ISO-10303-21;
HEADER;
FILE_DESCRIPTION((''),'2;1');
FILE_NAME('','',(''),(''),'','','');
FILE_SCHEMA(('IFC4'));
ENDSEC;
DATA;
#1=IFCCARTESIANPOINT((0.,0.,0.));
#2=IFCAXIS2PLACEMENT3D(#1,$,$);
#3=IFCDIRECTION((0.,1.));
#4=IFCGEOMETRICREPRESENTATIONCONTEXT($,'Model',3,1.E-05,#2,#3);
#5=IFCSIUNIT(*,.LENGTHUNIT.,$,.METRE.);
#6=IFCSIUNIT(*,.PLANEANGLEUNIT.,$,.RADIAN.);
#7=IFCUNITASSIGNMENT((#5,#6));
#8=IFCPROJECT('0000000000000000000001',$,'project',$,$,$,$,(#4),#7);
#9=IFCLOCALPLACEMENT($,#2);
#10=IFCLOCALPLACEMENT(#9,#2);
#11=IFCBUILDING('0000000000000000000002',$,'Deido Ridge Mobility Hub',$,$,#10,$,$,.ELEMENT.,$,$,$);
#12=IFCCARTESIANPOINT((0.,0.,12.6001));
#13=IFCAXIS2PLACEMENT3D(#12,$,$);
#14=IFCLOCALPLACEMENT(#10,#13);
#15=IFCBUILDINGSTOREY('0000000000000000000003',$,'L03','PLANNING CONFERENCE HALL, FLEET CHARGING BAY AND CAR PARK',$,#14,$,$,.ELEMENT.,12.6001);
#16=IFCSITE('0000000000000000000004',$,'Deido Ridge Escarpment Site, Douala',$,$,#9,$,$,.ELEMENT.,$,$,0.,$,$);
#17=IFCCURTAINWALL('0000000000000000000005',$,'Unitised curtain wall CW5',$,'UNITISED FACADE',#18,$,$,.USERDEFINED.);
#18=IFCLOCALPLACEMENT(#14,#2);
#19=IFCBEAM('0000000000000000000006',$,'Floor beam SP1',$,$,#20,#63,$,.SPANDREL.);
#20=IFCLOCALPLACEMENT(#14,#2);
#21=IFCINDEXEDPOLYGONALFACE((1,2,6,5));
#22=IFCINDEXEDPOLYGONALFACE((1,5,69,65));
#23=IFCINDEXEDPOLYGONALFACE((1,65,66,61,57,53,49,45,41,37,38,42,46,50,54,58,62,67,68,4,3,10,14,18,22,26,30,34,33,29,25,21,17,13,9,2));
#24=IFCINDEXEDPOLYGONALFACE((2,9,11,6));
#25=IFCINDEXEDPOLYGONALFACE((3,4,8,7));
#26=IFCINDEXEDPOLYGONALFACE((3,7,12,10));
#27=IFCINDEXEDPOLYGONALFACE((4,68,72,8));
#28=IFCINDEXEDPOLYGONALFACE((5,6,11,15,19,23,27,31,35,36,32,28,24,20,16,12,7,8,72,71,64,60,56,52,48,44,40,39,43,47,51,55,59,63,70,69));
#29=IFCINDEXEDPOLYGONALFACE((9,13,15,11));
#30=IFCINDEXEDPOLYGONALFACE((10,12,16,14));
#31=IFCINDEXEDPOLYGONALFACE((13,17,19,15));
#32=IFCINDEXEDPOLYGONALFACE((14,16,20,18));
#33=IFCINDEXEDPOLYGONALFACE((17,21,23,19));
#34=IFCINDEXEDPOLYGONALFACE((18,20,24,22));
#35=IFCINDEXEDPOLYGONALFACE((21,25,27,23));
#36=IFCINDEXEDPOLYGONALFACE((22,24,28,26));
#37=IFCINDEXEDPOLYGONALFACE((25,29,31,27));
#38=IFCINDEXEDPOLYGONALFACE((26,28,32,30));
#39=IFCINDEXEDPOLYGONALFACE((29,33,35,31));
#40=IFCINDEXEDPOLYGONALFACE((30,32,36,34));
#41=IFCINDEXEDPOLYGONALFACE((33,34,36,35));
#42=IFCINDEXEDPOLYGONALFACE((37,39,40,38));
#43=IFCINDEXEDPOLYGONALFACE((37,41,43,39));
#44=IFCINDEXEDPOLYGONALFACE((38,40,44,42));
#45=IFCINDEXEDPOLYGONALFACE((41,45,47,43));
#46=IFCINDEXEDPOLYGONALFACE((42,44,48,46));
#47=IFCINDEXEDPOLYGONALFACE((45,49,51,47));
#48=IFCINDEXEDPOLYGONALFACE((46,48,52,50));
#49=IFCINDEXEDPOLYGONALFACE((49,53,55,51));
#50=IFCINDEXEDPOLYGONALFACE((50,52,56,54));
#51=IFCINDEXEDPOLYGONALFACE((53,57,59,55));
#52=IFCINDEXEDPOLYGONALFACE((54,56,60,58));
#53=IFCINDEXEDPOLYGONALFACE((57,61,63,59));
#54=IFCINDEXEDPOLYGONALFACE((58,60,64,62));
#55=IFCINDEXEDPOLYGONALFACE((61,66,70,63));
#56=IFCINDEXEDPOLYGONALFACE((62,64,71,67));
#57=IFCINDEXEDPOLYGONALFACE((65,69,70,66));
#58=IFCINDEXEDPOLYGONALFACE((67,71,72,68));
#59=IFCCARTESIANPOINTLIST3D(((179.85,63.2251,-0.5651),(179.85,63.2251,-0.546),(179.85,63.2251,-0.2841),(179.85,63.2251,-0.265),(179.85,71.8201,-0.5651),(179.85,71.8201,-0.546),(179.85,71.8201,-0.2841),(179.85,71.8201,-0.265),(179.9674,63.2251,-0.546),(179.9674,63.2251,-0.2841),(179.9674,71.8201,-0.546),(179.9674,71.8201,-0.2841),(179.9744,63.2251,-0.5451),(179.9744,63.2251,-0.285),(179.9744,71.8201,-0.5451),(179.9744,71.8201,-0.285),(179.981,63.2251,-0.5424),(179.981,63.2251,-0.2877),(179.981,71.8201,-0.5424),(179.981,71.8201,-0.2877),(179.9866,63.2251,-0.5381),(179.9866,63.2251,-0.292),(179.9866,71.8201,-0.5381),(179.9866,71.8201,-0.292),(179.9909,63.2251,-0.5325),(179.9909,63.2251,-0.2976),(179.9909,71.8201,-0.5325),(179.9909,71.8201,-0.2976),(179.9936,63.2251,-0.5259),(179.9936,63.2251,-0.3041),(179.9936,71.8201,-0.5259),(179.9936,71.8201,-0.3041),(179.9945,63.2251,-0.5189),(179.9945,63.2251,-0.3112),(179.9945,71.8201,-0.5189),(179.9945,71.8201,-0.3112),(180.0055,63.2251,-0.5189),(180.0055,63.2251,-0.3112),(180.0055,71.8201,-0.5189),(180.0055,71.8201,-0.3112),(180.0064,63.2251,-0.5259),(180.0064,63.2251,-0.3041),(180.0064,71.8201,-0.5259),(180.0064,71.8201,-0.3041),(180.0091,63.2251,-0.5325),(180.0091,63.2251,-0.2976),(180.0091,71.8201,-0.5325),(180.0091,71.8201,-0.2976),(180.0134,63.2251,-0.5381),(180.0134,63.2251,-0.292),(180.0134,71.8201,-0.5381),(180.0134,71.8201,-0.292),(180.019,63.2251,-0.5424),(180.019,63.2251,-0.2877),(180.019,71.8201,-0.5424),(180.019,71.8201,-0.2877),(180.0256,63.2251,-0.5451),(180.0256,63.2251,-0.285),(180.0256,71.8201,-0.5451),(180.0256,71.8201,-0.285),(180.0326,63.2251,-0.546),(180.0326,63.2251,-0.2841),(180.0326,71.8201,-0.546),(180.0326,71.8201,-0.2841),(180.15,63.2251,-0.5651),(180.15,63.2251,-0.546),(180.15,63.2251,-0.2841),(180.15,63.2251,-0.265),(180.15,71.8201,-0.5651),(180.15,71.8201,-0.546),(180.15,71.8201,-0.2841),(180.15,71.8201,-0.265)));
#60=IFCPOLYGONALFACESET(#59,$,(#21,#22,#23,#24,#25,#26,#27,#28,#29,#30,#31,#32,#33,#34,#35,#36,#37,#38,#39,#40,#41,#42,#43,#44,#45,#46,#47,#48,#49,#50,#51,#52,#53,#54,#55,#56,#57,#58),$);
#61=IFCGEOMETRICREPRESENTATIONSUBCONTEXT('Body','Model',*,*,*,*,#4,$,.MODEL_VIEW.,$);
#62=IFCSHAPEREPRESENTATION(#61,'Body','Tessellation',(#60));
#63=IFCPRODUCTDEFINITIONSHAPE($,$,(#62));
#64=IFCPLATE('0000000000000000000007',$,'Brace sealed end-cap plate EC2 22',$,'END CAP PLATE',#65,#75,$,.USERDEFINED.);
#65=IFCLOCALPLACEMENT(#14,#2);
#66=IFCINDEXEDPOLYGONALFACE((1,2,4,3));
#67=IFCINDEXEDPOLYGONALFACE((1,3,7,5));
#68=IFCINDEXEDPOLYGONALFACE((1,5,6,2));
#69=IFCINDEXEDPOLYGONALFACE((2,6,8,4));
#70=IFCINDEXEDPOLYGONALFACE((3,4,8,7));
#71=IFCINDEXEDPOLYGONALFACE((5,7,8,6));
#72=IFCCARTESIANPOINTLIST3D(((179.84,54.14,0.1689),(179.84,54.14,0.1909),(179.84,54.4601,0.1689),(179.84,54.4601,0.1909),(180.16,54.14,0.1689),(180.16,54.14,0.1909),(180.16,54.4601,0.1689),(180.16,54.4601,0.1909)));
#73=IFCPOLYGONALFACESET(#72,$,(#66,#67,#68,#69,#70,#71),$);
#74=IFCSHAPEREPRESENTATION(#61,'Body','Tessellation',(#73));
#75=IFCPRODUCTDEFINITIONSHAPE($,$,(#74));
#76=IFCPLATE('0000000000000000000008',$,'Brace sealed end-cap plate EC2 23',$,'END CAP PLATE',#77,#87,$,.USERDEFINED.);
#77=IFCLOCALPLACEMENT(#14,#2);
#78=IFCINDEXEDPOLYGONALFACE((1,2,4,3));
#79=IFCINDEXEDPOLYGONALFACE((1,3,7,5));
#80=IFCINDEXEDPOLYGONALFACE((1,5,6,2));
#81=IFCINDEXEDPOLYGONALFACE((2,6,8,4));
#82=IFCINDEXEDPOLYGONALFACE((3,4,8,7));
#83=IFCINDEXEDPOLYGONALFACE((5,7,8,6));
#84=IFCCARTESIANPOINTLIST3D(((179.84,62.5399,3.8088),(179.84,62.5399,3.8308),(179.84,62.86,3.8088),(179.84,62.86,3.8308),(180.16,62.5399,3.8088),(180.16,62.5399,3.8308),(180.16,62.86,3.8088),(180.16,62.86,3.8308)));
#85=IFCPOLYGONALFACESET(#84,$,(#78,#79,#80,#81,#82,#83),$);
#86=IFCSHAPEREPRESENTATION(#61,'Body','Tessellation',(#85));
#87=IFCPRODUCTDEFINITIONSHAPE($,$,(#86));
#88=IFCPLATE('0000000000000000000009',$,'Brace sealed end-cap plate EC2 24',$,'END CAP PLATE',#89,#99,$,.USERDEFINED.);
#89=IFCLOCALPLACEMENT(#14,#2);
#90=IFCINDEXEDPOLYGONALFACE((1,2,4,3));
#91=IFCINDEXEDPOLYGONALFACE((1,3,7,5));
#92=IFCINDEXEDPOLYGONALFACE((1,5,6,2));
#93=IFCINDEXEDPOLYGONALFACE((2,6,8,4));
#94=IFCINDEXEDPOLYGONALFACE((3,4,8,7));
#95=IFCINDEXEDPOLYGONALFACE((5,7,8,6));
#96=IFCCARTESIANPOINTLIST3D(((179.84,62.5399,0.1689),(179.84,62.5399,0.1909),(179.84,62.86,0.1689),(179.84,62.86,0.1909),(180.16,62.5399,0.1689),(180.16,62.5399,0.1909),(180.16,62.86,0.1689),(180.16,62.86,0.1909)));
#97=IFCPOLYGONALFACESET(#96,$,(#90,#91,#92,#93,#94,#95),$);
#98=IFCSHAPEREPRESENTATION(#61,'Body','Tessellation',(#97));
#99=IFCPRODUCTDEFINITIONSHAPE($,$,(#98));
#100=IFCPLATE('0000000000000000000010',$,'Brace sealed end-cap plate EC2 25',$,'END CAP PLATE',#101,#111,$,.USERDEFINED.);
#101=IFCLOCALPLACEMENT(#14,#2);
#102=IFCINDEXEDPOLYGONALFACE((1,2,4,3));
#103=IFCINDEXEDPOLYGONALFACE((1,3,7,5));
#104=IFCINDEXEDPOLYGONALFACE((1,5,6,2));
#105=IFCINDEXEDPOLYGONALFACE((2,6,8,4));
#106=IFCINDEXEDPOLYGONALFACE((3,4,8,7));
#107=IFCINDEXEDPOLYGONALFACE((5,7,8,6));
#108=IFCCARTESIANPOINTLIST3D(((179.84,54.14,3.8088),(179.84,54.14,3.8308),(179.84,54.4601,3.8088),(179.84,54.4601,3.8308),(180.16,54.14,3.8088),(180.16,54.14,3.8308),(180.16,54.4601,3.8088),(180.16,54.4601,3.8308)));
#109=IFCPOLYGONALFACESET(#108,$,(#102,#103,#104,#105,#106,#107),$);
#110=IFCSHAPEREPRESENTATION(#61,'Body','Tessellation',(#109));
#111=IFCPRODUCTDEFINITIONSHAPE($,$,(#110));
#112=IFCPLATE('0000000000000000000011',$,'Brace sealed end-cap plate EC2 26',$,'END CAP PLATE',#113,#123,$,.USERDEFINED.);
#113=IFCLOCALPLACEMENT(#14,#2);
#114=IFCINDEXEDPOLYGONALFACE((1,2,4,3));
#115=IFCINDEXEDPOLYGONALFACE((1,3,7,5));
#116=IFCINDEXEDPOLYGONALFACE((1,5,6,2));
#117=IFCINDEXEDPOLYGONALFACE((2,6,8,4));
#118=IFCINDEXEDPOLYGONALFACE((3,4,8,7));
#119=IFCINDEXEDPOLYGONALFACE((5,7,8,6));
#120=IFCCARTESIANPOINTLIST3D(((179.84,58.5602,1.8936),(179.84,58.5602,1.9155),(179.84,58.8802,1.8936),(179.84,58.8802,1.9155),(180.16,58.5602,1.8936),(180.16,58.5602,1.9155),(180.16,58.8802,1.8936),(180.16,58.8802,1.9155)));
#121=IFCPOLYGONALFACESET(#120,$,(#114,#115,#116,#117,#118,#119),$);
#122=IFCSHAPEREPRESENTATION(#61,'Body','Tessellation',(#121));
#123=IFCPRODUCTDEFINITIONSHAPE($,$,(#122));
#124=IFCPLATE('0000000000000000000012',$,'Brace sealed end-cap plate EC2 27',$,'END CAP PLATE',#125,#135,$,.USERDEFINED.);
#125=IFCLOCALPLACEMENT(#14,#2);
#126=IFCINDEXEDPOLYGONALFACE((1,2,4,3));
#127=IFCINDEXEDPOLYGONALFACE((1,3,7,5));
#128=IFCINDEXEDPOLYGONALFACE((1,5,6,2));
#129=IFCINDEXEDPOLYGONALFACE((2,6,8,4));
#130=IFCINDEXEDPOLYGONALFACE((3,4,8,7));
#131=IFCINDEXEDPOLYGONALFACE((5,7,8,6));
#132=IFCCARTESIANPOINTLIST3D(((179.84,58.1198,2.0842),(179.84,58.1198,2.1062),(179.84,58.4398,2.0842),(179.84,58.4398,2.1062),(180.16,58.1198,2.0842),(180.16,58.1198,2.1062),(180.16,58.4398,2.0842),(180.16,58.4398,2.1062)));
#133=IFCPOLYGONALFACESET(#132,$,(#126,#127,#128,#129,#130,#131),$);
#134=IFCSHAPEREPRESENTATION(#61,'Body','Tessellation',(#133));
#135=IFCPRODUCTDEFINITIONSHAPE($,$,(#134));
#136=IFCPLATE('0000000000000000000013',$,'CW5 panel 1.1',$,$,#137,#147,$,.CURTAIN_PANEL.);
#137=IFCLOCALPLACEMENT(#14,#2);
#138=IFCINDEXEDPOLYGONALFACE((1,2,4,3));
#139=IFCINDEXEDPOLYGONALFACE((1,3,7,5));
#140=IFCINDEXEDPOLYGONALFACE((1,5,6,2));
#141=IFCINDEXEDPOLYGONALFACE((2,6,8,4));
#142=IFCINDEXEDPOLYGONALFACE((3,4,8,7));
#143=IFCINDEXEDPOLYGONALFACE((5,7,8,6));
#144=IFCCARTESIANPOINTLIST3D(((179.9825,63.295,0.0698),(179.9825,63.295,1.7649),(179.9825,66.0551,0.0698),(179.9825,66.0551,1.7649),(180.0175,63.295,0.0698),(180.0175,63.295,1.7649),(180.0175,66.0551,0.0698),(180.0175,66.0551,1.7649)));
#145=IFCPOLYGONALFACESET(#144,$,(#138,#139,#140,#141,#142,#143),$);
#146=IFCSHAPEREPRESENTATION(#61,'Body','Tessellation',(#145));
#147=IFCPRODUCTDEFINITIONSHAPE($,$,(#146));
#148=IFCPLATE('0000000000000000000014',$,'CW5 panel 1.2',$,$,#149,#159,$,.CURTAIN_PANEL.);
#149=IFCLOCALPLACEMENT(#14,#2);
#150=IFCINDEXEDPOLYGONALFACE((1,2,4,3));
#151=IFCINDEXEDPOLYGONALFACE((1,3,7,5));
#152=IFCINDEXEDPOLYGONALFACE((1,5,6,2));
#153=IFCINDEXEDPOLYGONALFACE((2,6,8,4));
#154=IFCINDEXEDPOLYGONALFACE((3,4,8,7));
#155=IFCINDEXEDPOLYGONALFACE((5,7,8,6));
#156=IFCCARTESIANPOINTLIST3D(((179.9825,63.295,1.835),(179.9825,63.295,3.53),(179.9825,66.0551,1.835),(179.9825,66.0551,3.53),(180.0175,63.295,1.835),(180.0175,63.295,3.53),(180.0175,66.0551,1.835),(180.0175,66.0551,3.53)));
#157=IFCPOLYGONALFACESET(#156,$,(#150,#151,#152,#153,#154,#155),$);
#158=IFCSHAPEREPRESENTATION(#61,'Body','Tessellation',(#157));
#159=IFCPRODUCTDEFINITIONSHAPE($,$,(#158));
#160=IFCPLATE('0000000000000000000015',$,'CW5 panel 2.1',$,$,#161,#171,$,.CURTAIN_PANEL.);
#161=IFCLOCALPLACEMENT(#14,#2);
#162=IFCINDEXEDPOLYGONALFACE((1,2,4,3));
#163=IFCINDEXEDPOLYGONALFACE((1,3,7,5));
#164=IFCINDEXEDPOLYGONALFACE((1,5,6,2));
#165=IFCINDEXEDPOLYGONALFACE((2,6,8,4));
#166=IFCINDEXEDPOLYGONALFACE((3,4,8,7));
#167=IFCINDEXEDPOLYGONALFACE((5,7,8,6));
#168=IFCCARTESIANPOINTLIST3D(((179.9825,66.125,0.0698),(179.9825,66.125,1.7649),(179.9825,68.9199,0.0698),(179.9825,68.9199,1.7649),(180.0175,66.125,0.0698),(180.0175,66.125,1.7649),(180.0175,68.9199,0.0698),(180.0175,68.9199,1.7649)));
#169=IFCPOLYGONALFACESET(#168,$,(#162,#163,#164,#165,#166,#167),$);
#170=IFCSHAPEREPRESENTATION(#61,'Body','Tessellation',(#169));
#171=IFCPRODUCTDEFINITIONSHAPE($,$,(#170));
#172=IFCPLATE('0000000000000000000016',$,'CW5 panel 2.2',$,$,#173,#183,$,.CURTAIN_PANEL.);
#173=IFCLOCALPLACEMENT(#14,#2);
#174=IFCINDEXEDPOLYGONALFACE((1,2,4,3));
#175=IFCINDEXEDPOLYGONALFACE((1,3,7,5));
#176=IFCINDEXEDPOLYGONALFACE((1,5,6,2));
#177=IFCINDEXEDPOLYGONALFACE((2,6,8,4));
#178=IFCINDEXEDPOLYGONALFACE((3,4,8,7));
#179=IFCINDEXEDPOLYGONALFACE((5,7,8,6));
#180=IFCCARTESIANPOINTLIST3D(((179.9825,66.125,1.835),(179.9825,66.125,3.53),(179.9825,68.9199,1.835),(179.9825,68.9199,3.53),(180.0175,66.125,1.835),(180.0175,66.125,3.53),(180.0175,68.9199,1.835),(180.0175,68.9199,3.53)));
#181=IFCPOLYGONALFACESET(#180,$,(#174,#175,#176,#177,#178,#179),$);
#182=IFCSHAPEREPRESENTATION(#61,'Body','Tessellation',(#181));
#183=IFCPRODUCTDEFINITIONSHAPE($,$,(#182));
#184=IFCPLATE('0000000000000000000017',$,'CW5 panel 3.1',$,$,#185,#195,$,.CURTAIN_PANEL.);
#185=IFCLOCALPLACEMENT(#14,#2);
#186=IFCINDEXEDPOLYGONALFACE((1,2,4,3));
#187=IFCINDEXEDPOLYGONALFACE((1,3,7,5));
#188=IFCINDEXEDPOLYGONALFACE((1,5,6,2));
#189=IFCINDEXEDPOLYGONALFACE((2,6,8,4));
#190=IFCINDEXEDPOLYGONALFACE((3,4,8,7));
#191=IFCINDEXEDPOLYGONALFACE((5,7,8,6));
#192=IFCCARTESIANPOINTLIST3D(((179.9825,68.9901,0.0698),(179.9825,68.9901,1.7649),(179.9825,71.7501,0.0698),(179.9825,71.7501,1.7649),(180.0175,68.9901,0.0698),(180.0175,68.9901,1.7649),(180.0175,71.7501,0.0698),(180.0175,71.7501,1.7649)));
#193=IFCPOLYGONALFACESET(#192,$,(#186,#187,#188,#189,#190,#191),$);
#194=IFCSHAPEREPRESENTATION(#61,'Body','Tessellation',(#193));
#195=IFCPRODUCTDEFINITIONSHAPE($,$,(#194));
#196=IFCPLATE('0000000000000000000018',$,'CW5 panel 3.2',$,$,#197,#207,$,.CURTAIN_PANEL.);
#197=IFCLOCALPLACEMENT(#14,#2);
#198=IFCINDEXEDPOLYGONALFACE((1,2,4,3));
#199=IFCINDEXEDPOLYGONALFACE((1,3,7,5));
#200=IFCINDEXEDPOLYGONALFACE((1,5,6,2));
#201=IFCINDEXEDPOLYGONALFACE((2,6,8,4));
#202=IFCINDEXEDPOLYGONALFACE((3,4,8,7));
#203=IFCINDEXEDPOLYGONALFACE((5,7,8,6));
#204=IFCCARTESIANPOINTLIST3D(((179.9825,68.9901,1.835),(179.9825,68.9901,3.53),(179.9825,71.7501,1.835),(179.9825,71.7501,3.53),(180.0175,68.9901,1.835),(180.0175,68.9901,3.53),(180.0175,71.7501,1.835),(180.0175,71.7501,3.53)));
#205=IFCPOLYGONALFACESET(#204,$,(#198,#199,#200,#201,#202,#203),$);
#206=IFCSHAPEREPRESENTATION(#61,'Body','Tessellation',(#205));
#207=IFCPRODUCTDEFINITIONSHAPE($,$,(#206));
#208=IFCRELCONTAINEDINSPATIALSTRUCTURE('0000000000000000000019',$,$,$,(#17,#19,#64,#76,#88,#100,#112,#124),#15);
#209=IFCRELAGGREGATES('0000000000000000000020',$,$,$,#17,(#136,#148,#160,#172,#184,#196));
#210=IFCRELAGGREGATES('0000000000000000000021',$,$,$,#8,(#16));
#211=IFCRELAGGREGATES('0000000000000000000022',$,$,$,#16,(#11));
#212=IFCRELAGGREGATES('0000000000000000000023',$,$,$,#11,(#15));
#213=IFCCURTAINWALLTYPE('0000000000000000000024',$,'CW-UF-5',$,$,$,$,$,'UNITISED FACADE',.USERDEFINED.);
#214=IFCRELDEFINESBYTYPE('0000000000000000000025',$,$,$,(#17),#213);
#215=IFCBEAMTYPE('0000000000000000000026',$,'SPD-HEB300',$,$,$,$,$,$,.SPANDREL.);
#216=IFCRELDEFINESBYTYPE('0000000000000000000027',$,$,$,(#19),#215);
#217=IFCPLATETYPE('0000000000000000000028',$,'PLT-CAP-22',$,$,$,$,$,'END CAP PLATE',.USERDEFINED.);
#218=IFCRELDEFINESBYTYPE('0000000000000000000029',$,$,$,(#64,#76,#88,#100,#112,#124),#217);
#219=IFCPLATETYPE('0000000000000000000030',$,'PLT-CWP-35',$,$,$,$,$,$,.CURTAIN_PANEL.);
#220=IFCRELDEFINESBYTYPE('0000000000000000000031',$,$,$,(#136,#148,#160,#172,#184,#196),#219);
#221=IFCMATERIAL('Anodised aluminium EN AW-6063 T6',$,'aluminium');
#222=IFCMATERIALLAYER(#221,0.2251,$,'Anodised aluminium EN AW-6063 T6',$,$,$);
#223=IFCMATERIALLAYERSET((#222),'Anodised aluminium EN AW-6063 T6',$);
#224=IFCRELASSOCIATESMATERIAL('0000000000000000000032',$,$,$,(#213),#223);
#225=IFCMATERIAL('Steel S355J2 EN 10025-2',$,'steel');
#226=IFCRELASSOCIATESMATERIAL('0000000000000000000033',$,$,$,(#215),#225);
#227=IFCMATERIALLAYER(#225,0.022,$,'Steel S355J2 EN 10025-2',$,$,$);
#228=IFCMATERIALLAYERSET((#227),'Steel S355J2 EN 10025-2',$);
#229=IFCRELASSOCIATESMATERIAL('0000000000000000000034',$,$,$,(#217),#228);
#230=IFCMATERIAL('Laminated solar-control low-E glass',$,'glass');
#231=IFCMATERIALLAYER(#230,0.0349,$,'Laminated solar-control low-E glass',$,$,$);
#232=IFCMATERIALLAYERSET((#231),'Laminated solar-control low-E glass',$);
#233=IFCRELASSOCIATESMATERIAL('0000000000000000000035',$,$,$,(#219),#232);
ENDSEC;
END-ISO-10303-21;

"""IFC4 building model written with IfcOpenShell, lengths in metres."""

from ifc_helpers import new_model, si_unit, direction, frame, origin, origin_2d, place, context, subcontext, project, spatial, rectangle, i_section, extrude, material, layer, layer_set, material_profile, profile_set, type_object, element, aggregate, save


model = new_model("IFC4")

# Units and contexts
model_context = context("Model", 3, precision=1e-05, world=origin(), true_north=direction((0.0, 1.0)))
body_context = subcontext(model_context, "Body", "Model", "MODEL_VIEW")
ifc_project = project(units=[si_unit("LENGTHUNIT", "METRE"), si_unit("PLANEANGLEUNIT", "RADIAN")], contexts=[model_context])

# Site, building, storey
site_placement = place(None, origin())
site = spatial("IfcSite", under=ifc_project, at=site_placement, Name="Deido Ridge Escarpment Site, Douala", CompositionType="ELEMENT", RefElevation=0.0)
building_placement = place(site_placement, origin())
building = spatial("IfcBuilding", under=site, at=building_placement, Name="Deido Ridge Mobility Hub", CompositionType="ELEMENT")
storey_placement = place(building_placement, frame((0.0, 0.0, 12.6001)))
storey = spatial("IfcBuildingStorey", under=building, at=storey_placement, Name="L03", Description="PLANNING CONFERENCE HALL, FLEET CHARGING BAY AND CAR PARK", CompositionType="ELEMENT", Elevation=12.6001)

# Shared definitions
ifc_material_1 = material(Name="Steel S355J2 EN 10025-2", Category="steel")

# Curtain wall
ifc_material_2 = material(Name="Anodised aluminium EN AW-6063 T6", Category="aluminium")
ifc_layer_1 = layer(ifc_material_2, 0.2251, Name="Anodised aluminium EN AW-6063 T6")
ifc_layer_set_1 = layer_set([ifc_layer_1], Name="Anodised aluminium EN AW-6063 T6")
curtain_wall_type = type_object("IfcCurtainWallType", Name="CW-UF-5", ElementType="UNITISED FACADE", PredefinedType="USERDEFINED", material=ifc_layer_set_1)
curtain_wall_placement = place(storey_placement, origin())
curtain_wall = element("IfcCurtainWall", 1, at=curtain_wall_placement, inside=storey, type_object=curtain_wall_type, Name="Unitised curtain wall CW5", ObjectType="UNITISED FACADE", PredefinedType="USERDEFINED")

# Beam
ifc_material_profile_1 = material_profile(ifc_material_1, i_section(OverallWidth=0.3, OverallDepth=0.3, WebThickness=0.011, FlangeThickness=0.019, FilletRadius=0.0271, at=origin_2d()), Name="HEB 300")
ifc_profile_set_1 = profile_set([ifc_material_profile_1], Name="Steel S355J2 EN 10025-2")
beam_type = type_object("IfcBeamType", Name="SPD-HEB300", PredefinedType="SPANDREL", material=ifc_profile_set_1)
beam_placement = place(storey_placement, frame((180.0, 63.2251, -0.415), z_axis=(0.0, 1.0, 0.0), x_axis=(-1.0, 0.0, 0.0)))
element("IfcBeam", 2, at=beam_placement, inside=storey, type_object=beam_type, Name="Floor beam SP1", PredefinedType="SPANDREL", context=body_context, shape_type="SweptSolid", body=[
    extrude(i_section(OverallWidth=0.3, OverallDepth=0.3, WebThickness=0.011, FlangeThickness=0.019, FilletRadius=0.0271, at=origin_2d()), origin(), (0.0, 0.0, 1.0), 8.595),
])

# Plates
ifc_layer_2 = layer(ifc_material_1, 0.022, Name="Steel S355J2 EN 10025-2")
ifc_layer_set_2 = layer_set([ifc_layer_2], Name="Steel S355J2 EN 10025-2")
plate_type_1 = type_object("IfcPlateType", Name="PLT-CAP-22", ElementType="END CAP PLATE", PredefinedType="USERDEFINED", material=ifc_layer_set_2)
for number, where, z_axis, x_axis, name in (
    (3, (180.0, 54.3, 0.1689), (0.0, 0.0, 1.0), (1.0, 0.0, 0.0), "Brace sealed end-cap plate EC2 22"),
    (4, (180.0, 62.7, 3.8088), (0.0, 0.0, 1.0), (1.0, 0.0, 0.0), "Brace sealed end-cap plate EC2 23"),
    (5, (180.0, 62.7, 0.1689), (0.0, 0.0, 1.0), (1.0, 0.0, 0.0), "Brace sealed end-cap plate EC2 24"),
    (6, (180.0, 54.3, 3.8088), (0.0, 0.0, 1.0), (1.0, 0.0, 0.0), "Brace sealed end-cap plate EC2 25"),
    (7, (180.0, 58.7202, 1.8936), (0.0, 0.0, 1.0), (1.0, 0.0, 0.0), "Brace sealed end-cap plate EC2 26"),
    (8, (180.0, 58.2798, 2.0842), (0.0, 0.0, 1.0), (1.0, 0.0, 0.0), "Brace sealed end-cap plate EC2 27"),
):
    element("IfcPlate", number, at=place(storey_placement, frame(where, z_axis=z_axis, x_axis=x_axis)), inside=storey, type_object=plate_type_1, Name=name, ObjectType="END CAP PLATE", PredefinedType="USERDEFINED", context=body_context, shape_type="SweptSolid", body=[
        extrude(rectangle(XDim=0.3201, YDim=0.3201, at=origin_2d()), origin(), (0.0, 0.0, 1.0), 0.022),
    ])

# Plates
ifc_material_3 = material(Name="Laminated solar-control low-E glass", Category="glass")
ifc_layer_3 = layer(ifc_material_3, 0.0349, Name="Laminated solar-control low-E glass")
ifc_layer_set_3 = layer_set([ifc_layer_3], Name="Laminated solar-control low-E glass")
plate_type_2 = type_object("IfcPlateType", Name="PLT-CWP-35", PredefinedType="CURTAIN_PANEL", material=ifc_layer_set_3)
plate_1_placement = place(storey_placement, frame((180.0, 64.675, 0.0698), z_axis=(0.0, 0.0, 1.0), x_axis=(0.0, 1.0, 0.0)))
plate_1 = element("IfcPlate", 9, at=plate_1_placement, type_object=plate_type_2, Name="CW5 panel 1.1", PredefinedType="CURTAIN_PANEL", context=body_context, shape_type="SweptSolid", body=[
    extrude(rectangle(XDim=2.76, YDim=0.0349, at=origin_2d()), origin(), (0.0, 0.0, 1.0), 1.6951),
])
plate_2_placement = place(storey_placement, frame((180.0, 64.675, 1.835), z_axis=(0.0, 0.0, 1.0), x_axis=(0.0, 1.0, 0.0)))
plate_2 = element("IfcPlate", 10, at=plate_2_placement, type_object=plate_type_2, Name="CW5 panel 1.2", PredefinedType="CURTAIN_PANEL", context=body_context, shape_type="SweptSolid", body=[
    extrude(rectangle(XDim=2.76, YDim=0.0349, at=origin_2d()), origin(), (0.0, 0.0, 1.0), 1.6951),
])
plate_3_placement = place(storey_placement, frame((180.0, 67.5225, 0.0698), z_axis=(0.0, 0.0, 1.0), x_axis=(0.0, 1.0, 0.0)))
plate_3 = element("IfcPlate", 11, at=plate_3_placement, type_object=plate_type_2, Name="CW5 panel 2.1", PredefinedType="CURTAIN_PANEL", context=body_context, shape_type="SweptSolid", body=[
    extrude(rectangle(XDim=2.7949, YDim=0.0349, at=origin_2d()), origin(), (0.0, 0.0, 1.0), 1.6951),
])
plate_4_placement = place(storey_placement, frame((180.0, 67.5225, 1.835), z_axis=(0.0, 0.0, 1.0), x_axis=(0.0, 1.0, 0.0)))
plate_4 = element("IfcPlate", 12, at=plate_4_placement, type_object=plate_type_2, Name="CW5 panel 2.2", PredefinedType="CURTAIN_PANEL", context=body_context, shape_type="SweptSolid", body=[
    extrude(rectangle(XDim=2.7949, YDim=0.0349, at=origin_2d()), origin(), (0.0, 0.0, 1.0), 1.6951),
])
plate_5_placement = place(storey_placement, frame((180.0, 70.3701, 0.0698), z_axis=(0.0, 0.0, 1.0), x_axis=(0.0, 1.0, 0.0)))
plate_5 = element("IfcPlate", 13, at=plate_5_placement, type_object=plate_type_2, Name="CW5 panel 3.1", PredefinedType="CURTAIN_PANEL", context=body_context, shape_type="SweptSolid", body=[
    extrude(rectangle(XDim=2.76, YDim=0.0349, at=origin_2d()), origin(), (0.0, 0.0, 1.0), 1.6951),
])
plate_6_placement = place(storey_placement, frame((180.0, 70.3701, 1.835), z_axis=(0.0, 0.0, 1.0), x_axis=(0.0, 1.0, 0.0)))
plate_6 = element("IfcPlate", 14, at=plate_6_placement, type_object=plate_type_2, Name="CW5 panel 3.2", PredefinedType="CURTAIN_PANEL", context=body_context, shape_type="SweptSolid", body=[
    extrude(rectangle(XDim=2.76, YDim=0.0349, at=origin_2d()), origin(), (0.0, 0.0, 1.0), 1.6951),
])
aggregate(curtain_wall, [plate_1, plate_2, plate_3, plate_4, plate_5, plate_6])

save(model, "model.ifc")
